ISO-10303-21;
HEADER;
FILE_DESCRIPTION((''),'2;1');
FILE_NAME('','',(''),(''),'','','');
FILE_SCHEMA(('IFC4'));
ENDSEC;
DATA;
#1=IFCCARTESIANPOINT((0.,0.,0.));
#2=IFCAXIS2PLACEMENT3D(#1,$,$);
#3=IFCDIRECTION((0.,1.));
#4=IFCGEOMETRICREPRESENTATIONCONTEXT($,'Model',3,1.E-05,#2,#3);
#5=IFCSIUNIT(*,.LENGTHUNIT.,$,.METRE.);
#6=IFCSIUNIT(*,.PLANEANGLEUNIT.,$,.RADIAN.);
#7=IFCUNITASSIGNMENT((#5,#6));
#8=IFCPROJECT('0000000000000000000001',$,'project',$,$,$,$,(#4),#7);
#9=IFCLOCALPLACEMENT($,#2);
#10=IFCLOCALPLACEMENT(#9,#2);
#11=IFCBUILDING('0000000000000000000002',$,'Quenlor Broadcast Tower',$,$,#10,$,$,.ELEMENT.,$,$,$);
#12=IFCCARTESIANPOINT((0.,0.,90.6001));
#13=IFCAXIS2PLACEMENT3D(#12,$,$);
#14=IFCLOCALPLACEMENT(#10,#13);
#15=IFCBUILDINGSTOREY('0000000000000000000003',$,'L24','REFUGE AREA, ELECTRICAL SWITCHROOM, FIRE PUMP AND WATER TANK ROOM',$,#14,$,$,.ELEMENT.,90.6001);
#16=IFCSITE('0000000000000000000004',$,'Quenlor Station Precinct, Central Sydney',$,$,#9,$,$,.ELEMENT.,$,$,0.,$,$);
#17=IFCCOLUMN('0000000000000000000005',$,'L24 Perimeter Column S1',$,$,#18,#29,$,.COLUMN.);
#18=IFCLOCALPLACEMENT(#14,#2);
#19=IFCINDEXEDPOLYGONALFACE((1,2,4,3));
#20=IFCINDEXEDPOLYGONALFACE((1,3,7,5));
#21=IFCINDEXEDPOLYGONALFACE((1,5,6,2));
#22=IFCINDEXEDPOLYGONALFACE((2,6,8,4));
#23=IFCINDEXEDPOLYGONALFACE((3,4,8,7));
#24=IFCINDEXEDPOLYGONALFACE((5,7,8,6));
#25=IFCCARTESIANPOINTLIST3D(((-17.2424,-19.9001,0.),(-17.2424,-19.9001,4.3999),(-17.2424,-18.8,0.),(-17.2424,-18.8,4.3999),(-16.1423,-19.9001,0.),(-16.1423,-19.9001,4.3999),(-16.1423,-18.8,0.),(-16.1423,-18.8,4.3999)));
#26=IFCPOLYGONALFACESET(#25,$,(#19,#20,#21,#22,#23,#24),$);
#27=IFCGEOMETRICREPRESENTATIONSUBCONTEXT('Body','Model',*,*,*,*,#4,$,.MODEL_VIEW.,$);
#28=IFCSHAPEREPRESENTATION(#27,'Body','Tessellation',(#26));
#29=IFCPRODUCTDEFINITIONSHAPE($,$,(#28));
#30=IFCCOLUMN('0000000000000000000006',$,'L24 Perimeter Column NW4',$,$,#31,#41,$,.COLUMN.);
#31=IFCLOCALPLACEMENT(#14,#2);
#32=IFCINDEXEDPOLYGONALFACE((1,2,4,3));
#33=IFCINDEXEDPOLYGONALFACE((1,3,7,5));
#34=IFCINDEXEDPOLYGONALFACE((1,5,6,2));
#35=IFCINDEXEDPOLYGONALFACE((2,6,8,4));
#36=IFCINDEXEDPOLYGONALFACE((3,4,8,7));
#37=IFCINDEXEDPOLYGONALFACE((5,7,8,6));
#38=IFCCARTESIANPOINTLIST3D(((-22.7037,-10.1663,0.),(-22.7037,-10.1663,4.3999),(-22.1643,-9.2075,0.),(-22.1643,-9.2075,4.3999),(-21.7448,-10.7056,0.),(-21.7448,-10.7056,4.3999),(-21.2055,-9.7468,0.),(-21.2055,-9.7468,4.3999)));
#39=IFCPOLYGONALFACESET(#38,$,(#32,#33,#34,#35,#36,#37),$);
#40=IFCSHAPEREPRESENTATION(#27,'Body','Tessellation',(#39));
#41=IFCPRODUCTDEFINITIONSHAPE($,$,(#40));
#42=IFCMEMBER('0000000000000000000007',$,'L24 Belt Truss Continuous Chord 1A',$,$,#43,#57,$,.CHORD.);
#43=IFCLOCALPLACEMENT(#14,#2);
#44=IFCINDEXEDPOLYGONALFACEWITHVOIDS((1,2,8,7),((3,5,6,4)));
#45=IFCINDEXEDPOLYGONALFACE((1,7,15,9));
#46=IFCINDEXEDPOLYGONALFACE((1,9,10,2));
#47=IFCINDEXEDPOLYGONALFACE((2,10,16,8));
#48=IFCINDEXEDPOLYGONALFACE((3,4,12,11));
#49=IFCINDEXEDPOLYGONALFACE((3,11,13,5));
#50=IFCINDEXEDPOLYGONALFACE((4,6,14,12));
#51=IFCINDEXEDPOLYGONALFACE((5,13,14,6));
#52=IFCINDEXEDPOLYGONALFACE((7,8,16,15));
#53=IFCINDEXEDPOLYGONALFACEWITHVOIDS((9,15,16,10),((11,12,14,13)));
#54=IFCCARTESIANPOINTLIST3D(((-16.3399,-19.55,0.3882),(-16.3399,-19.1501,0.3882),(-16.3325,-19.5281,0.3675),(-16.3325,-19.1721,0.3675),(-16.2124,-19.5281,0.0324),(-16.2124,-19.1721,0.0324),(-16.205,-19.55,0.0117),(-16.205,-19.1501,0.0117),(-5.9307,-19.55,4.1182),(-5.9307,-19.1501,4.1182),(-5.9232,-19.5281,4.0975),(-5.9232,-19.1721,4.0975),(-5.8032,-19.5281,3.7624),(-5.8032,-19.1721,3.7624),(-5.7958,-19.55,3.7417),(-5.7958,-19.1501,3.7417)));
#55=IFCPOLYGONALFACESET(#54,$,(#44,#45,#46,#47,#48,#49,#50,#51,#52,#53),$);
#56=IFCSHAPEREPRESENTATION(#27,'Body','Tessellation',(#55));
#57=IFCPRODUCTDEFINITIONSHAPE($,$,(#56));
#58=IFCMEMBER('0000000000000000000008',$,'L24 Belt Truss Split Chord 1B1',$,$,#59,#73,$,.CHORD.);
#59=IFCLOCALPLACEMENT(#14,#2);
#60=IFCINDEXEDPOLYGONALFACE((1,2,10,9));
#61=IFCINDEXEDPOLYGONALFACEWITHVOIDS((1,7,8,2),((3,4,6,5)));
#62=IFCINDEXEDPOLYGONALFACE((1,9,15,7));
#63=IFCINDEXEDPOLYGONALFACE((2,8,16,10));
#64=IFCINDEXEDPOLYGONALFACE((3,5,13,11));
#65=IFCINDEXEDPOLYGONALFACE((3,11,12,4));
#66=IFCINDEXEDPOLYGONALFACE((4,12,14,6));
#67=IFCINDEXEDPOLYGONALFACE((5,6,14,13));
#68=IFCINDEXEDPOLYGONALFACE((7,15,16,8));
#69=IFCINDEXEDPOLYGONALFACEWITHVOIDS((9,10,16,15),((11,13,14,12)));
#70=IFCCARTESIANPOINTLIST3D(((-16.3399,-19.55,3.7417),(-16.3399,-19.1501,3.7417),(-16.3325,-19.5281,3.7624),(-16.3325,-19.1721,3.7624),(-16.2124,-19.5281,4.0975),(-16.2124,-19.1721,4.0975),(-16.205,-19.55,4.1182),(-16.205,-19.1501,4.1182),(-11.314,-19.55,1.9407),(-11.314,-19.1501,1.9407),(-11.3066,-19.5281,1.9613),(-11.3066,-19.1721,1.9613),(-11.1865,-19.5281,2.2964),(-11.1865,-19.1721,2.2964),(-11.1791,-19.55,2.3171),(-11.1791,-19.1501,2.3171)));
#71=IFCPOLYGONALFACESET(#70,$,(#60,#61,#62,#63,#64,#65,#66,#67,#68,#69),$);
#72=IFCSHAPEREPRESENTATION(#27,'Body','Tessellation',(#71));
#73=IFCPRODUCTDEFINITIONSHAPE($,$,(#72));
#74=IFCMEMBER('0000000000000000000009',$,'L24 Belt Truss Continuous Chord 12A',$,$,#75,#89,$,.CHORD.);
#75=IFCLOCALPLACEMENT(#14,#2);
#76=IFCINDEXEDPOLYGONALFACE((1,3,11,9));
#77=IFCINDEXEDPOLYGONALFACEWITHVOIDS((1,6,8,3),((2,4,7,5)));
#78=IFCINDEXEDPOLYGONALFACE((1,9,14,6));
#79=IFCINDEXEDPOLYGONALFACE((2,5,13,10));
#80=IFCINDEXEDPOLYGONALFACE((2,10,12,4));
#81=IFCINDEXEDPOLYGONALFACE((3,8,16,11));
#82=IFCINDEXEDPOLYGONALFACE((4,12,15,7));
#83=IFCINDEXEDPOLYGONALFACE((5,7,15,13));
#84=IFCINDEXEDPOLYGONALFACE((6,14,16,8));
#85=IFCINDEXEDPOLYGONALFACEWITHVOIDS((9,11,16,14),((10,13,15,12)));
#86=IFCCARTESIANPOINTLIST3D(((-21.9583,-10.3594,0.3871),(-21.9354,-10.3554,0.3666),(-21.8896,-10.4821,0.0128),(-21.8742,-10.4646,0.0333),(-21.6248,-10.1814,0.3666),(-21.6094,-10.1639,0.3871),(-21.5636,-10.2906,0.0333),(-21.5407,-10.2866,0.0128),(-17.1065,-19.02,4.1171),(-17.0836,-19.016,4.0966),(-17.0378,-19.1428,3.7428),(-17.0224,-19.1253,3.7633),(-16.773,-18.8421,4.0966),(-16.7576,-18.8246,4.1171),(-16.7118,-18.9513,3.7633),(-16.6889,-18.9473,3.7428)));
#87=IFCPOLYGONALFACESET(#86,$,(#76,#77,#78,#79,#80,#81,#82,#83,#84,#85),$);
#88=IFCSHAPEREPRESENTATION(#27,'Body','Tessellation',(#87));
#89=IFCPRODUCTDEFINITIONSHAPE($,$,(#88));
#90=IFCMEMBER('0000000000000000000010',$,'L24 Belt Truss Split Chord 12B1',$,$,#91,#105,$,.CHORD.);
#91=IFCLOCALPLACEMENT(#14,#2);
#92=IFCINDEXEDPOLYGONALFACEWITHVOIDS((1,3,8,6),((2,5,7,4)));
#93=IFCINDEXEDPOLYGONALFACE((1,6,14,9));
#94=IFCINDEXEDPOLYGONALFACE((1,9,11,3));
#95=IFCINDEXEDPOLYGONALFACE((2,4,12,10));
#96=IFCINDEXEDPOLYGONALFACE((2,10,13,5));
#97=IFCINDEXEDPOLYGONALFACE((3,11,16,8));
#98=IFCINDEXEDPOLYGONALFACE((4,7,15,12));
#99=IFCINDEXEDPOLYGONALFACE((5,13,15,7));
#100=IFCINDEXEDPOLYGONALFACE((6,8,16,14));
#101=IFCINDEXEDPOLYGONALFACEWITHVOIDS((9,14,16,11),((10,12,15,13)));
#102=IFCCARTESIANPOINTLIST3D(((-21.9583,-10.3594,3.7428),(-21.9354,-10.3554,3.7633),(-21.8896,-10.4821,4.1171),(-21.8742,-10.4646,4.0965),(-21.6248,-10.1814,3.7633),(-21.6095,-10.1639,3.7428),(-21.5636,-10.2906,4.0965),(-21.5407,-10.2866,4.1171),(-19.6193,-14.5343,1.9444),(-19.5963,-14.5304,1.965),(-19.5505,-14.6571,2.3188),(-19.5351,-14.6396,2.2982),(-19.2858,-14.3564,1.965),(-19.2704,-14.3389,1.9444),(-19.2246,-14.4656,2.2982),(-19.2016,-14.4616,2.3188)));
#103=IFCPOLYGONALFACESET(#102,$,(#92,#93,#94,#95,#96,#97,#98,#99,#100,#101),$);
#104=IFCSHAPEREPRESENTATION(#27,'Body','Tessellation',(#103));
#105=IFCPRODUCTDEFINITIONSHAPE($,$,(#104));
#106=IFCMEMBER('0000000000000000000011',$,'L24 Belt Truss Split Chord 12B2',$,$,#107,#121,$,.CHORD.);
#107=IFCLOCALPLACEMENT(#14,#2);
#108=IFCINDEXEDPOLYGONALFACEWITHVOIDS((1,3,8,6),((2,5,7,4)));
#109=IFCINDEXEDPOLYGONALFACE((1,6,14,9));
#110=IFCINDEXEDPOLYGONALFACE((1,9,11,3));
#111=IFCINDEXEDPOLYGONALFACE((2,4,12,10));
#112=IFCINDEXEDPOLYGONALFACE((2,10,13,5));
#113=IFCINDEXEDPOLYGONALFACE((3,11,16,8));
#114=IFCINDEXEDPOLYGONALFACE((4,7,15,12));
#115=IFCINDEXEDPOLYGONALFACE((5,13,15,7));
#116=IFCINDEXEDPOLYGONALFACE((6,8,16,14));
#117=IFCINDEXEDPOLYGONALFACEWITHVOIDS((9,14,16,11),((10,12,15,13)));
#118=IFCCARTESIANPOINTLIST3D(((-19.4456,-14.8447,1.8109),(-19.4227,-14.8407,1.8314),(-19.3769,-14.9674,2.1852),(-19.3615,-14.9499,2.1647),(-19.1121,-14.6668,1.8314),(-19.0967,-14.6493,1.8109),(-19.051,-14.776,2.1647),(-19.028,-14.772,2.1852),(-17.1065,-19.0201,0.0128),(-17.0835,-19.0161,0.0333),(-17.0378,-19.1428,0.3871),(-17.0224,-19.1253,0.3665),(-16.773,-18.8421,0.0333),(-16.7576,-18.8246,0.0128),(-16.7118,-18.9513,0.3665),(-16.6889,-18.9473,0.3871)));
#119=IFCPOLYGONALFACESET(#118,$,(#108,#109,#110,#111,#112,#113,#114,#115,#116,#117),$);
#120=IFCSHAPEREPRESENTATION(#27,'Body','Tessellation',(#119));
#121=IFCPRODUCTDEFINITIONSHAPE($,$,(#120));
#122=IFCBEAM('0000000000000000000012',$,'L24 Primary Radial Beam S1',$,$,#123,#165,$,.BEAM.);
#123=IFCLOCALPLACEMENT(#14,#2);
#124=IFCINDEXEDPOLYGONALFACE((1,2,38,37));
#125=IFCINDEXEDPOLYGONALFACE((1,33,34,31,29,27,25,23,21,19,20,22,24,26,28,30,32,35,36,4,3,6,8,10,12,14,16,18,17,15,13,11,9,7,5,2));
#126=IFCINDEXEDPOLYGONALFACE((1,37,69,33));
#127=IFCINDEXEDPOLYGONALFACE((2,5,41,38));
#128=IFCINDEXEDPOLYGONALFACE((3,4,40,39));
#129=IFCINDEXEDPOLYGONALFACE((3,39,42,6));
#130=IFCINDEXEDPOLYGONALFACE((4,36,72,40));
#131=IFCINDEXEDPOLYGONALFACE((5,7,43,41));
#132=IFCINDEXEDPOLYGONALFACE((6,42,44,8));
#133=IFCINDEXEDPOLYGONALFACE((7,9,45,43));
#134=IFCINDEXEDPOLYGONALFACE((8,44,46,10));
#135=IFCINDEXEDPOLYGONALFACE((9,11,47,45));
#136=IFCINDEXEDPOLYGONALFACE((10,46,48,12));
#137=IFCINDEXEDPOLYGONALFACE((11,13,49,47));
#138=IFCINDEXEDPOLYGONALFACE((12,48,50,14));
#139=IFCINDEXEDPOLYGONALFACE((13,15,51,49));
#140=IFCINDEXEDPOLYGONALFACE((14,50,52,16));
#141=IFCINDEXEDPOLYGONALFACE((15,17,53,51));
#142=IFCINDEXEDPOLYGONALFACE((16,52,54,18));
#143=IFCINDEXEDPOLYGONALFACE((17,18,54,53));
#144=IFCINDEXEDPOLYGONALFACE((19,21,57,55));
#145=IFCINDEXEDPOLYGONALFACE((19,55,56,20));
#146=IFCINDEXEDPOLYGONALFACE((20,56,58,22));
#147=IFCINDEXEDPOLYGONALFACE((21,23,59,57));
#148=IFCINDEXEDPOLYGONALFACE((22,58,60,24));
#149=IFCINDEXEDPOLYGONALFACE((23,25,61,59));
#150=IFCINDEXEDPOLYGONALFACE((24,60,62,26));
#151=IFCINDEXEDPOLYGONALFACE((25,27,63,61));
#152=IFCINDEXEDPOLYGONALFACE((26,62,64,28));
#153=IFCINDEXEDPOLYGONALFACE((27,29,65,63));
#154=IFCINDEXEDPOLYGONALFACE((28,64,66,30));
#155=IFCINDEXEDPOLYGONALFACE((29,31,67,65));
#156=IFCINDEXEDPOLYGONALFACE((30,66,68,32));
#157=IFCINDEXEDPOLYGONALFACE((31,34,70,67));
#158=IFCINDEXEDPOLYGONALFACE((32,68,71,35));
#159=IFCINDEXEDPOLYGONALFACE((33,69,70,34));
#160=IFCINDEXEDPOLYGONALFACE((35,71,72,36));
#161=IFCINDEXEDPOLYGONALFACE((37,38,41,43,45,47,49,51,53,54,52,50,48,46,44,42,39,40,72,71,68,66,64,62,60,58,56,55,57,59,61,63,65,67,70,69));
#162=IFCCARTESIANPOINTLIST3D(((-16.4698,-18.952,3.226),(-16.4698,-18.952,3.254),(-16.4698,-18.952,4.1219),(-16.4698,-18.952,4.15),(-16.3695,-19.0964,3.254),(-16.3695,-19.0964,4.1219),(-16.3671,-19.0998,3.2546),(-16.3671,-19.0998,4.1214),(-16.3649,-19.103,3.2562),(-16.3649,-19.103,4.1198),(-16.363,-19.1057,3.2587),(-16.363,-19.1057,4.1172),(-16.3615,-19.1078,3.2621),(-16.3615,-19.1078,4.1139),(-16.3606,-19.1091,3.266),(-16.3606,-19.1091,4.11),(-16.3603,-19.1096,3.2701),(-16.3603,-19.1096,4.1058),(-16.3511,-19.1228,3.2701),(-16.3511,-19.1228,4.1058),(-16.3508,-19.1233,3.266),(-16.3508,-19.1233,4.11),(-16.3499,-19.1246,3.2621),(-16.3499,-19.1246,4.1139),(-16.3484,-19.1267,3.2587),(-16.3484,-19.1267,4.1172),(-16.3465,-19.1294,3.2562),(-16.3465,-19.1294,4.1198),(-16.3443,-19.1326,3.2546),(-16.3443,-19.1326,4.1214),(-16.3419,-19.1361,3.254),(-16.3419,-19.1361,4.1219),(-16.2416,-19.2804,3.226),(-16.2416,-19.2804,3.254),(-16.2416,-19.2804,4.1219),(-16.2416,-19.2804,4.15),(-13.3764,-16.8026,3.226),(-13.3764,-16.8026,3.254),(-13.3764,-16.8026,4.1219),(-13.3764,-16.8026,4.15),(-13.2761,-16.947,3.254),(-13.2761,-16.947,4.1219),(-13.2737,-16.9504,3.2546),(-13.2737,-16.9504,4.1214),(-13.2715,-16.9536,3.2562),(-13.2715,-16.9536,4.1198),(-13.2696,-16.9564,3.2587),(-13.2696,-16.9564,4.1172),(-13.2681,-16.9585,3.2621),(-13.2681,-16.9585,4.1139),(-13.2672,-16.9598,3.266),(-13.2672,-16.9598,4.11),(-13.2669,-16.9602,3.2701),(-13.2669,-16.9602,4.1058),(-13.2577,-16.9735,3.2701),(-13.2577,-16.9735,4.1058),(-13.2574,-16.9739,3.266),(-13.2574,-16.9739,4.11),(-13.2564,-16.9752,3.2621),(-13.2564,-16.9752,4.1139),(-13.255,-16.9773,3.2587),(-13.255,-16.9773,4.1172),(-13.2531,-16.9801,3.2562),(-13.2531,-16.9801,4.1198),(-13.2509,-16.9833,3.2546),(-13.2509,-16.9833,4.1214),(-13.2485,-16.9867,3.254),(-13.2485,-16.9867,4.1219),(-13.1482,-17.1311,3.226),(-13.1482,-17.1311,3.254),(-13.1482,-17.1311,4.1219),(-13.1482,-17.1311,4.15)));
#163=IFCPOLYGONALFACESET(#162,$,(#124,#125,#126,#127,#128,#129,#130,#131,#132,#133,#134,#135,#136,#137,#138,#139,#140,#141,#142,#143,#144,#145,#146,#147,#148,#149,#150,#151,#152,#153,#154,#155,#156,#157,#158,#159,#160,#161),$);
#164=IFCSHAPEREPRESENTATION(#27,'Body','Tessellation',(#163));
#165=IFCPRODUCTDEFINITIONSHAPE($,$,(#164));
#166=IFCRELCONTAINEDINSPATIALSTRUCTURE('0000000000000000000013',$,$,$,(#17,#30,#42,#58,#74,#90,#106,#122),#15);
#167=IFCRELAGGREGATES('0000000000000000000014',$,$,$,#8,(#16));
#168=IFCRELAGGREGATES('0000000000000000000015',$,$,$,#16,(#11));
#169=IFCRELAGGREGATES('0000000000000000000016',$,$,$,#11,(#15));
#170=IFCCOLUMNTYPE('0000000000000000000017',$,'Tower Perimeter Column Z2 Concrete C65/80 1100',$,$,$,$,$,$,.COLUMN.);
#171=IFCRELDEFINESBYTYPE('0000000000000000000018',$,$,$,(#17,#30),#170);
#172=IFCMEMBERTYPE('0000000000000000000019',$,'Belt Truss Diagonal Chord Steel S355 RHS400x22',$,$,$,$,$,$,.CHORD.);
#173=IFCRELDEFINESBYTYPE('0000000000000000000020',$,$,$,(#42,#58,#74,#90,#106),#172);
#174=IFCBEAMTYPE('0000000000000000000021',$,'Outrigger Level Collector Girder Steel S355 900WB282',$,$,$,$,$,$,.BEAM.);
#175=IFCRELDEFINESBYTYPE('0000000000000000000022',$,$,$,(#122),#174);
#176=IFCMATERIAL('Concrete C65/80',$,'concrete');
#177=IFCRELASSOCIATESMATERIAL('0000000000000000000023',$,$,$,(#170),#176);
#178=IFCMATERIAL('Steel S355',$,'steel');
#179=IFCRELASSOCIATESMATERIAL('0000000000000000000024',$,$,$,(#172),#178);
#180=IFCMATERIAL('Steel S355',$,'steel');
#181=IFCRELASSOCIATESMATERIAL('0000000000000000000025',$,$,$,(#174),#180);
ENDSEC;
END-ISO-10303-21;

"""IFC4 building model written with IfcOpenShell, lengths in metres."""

from ifc_helpers import new_model, si_unit, direction, frame, origin, origin_2d, place, context, subcontext, project, spatial, rectangle, hollow_rectangle, i_section, extrude, material, material_profile, profile_set, type_object, element, save


model = new_model("IFC4")

# Units and contexts
model_context = context("Model", 3, precision=1e-05, world=origin(), true_north=direction((0.0, 1.0)))
body_context = subcontext(model_context, "Body", "Model", "MODEL_VIEW")
ifc_project = project(units=[si_unit("LENGTHUNIT", "METRE"), si_unit("PLANEANGLEUNIT", "RADIAN")], contexts=[model_context])

# Site, building, storey
site_placement = place(None, origin())
site = spatial("IfcSite", under=ifc_project, at=site_placement, Name="Quenlor Station Precinct, Central Sydney", CompositionType="ELEMENT", RefElevation=0.0)
building_placement = place(site_placement, origin())
building = spatial("IfcBuilding", under=site, at=building_placement, Name="Quenlor Broadcast Tower", CompositionType="ELEMENT")
storey_placement = place(building_placement, frame((0.0, 0.0, 90.6001)))
storey = spatial("IfcBuildingStorey", under=building, at=storey_placement, Name="L24", Description="REFUGE AREA, ELECTRICAL SWITCHROOM, FIRE PUMP AND WATER TANK ROOM", CompositionType="ELEMENT", Elevation=90.6001)

# Columns
ifc_material_1 = material(Name="Concrete C65/80", Category="concrete")
ifc_material_profile_1 = material_profile(ifc_material_1, rectangle(XDim=1.1001, YDim=1.1001, at=origin_2d()))
ifc_profile_set_1 = profile_set([ifc_material_profile_1], Name="Concrete C65/80 RC1100x1100")
column_type = type_object("IfcColumnType", Name="Tower Perimeter Column Z2 Concrete C65/80 1100", PredefinedType="COLUMN", material=ifc_profile_set_1)
for number, where, z_axis, x_axis, name in (
    (1, (-16.6924, -19.3501, 0.0), (0.0, 0.0, 1.0), (0.0, 1.0, 0.0), "L24 Perimeter Column S1"),
    (2, (-21.9546, -9.9565, 0.0), (0.0, 0.0, 1.0), (-0.871575, 0.490262, 0.0), "L24 Perimeter Column NW4"),
):
    element("IfcColumn", number, at=place(storey_placement, frame(where, z_axis=z_axis, x_axis=x_axis)), inside=storey, type_object=column_type, Name=name, PredefinedType="COLUMN", context=body_context, shape_type="SweptSolid", body=[
        extrude(rectangle(XDim=1.1001, YDim=1.1001, at=origin_2d()), origin(), (0.0, 0.0, 1.0), 4.3999),
    ])

# Members
ifc_material_2 = material(Name="Steel S355", Category="steel")
ifc_material_profile_2 = material_profile(ifc_material_2, hollow_rectangle(XDim=0.3999, YDim=0.3999, WallThickness=0.022, at=origin_2d()))
ifc_profile_set_2 = profile_set([ifc_material_profile_2], Name="Steel S355 RHS400x400x22")
member_type = type_object("IfcMemberType", Name="Belt Truss Diagonal Chord Steel S355 RHS400x22", PredefinedType="CHORD", material=ifc_profile_set_2)
member_1_placement = place(storey_placement, frame((-16.2725, -19.3501, 0.2), z_axis=(0.941386, 0.0, 0.337332), x_axis=(0.0, 1.0, 0.0)))
element("IfcMember", 3, at=member_1_placement, inside=storey, type_object=member_type, Name="L24 Belt Truss Continuous Chord 1A", PredefinedType="CHORD", context=body_context, shape_type="SweptSolid", body=[
    extrude(hollow_rectangle(XDim=0.3999, YDim=0.3999, WallThickness=0.022, at=origin_2d()), origin(), (0.0, 0.0, 1.0), 11.0574),
])
member_2_placement = place(storey_placement, frame((-16.2725, -19.3501, 3.9299), z_axis=(0.941381, 0.0, -0.337344), x_axis=(0.0, 1.0, 0.0)))
element("IfcMember", 4, at=member_2_placement, inside=storey, type_object=member_type, Name="L24 Belt Truss Split Chord 1B1", PredefinedType="CHORD", context=body_context, shape_type="SweptSolid", body=[
    extrude(hollow_rectangle(XDim=0.3999, YDim=0.3999, WallThickness=0.022, at=origin_2d()), origin(), (0.0, 0.0, 1.0), 5.3389),
])
member_3_placement = place(storey_placement, frame((-21.7495, -10.323, 0.2), z_axis=(0.457515, -0.81668, 0.351729), x_axis=(0.872427, 0.488745, 0.0)))
element("IfcMember", 5, at=member_3_placement, inside=storey, type_object=member_type, Name="L24 Belt Truss Continuous Chord 12A", PredefinedType="CHORD", context=body_context, shape_type="SweptSolid", body=[
    extrude(hollow_rectangle(XDim=0.3999, YDim=0.3999, WallThickness=0.022, at=origin_2d()), origin(), (0.0, 0.0, 1.0), 10.6047),
])
member_4_placement = place(storey_placement, frame((-21.7495, -10.323, 3.9299), z_axis=(0.457538, -0.816654, -0.351761), x_axis=(0.872409, 0.488776, 0.0)))
element("IfcMember", 6, at=member_4_placement, inside=storey, type_object=member_type, Name="L24 Belt Truss Split Chord 12B1", PredefinedType="CHORD", context=body_context, shape_type="SweptSolid", body=[
    extrude(hollow_rectangle(XDim=0.3999, YDim=0.3999, WallThickness=0.022, at=origin_2d()), origin(), (0.0, 0.0, 1.0), 5.1123),
])
member_5_placement = place(storey_placement, frame((-19.2368, -14.8083, 1.998), z_axis=(0.457528, -0.816683, -0.351706), x_axis=(0.872422, 0.488754, 0.0)))
element("IfcMember", 7, at=member_5_placement, inside=storey, type_object=member_type, Name="L24 Belt Truss Split Chord 12B2", PredefinedType="CHORD", context=body_context, shape_type="SweptSolid", body=[
    extrude(hollow_rectangle(XDim=0.3999, YDim=0.3999, WallThickness=0.022, at=origin_2d()), origin(), (0.0, 0.0, 1.0), 5.1125),
])

# Beam
ifc_material_3 = material(Name="Steel S355", Category="steel")
ifc_material_profile_3 = material_profile(ifc_material_3, i_section(OverallWidth=0.3999, OverallDepth=0.9241, WebThickness=0.0161, FlangeThickness=0.0281, FilletRadius=0.0161, at=origin_2d()))
ifc_profile_set_3 = profile_set([ifc_material_profile_3], Name="Steel S355 900WB282")
beam_type_1 = type_object("IfcBeamType", Name="Outrigger Level Collector Girder Steel S355 900WB282", PredefinedType="BEAM", material=ifc_profile_set_3)
beam_1_placement = place(storey_placement, frame((-16.3557, -19.1162, 3.688), z_axis=(0.821227, 0.570601, 0.0), x_axis=(-0.570601, 0.821227, 0.0)))
element("IfcBeam", 8, at=beam_1_placement, inside=storey, type_object=beam_type_1, Name="L24 Primary Radial Beam S1", PredefinedType="BEAM", context=body_context, shape_type="SweptSolid", body=[
    extrude(i_section(OverallWidth=0.3999, OverallDepth=0.9241, WebThickness=0.0161, FlangeThickness=0.0281, FilletRadius=0.0161, at=origin_2d()), origin(), (0.0, 0.0, 1.0), 3.7668),
])

save(model, "model.ifc")
